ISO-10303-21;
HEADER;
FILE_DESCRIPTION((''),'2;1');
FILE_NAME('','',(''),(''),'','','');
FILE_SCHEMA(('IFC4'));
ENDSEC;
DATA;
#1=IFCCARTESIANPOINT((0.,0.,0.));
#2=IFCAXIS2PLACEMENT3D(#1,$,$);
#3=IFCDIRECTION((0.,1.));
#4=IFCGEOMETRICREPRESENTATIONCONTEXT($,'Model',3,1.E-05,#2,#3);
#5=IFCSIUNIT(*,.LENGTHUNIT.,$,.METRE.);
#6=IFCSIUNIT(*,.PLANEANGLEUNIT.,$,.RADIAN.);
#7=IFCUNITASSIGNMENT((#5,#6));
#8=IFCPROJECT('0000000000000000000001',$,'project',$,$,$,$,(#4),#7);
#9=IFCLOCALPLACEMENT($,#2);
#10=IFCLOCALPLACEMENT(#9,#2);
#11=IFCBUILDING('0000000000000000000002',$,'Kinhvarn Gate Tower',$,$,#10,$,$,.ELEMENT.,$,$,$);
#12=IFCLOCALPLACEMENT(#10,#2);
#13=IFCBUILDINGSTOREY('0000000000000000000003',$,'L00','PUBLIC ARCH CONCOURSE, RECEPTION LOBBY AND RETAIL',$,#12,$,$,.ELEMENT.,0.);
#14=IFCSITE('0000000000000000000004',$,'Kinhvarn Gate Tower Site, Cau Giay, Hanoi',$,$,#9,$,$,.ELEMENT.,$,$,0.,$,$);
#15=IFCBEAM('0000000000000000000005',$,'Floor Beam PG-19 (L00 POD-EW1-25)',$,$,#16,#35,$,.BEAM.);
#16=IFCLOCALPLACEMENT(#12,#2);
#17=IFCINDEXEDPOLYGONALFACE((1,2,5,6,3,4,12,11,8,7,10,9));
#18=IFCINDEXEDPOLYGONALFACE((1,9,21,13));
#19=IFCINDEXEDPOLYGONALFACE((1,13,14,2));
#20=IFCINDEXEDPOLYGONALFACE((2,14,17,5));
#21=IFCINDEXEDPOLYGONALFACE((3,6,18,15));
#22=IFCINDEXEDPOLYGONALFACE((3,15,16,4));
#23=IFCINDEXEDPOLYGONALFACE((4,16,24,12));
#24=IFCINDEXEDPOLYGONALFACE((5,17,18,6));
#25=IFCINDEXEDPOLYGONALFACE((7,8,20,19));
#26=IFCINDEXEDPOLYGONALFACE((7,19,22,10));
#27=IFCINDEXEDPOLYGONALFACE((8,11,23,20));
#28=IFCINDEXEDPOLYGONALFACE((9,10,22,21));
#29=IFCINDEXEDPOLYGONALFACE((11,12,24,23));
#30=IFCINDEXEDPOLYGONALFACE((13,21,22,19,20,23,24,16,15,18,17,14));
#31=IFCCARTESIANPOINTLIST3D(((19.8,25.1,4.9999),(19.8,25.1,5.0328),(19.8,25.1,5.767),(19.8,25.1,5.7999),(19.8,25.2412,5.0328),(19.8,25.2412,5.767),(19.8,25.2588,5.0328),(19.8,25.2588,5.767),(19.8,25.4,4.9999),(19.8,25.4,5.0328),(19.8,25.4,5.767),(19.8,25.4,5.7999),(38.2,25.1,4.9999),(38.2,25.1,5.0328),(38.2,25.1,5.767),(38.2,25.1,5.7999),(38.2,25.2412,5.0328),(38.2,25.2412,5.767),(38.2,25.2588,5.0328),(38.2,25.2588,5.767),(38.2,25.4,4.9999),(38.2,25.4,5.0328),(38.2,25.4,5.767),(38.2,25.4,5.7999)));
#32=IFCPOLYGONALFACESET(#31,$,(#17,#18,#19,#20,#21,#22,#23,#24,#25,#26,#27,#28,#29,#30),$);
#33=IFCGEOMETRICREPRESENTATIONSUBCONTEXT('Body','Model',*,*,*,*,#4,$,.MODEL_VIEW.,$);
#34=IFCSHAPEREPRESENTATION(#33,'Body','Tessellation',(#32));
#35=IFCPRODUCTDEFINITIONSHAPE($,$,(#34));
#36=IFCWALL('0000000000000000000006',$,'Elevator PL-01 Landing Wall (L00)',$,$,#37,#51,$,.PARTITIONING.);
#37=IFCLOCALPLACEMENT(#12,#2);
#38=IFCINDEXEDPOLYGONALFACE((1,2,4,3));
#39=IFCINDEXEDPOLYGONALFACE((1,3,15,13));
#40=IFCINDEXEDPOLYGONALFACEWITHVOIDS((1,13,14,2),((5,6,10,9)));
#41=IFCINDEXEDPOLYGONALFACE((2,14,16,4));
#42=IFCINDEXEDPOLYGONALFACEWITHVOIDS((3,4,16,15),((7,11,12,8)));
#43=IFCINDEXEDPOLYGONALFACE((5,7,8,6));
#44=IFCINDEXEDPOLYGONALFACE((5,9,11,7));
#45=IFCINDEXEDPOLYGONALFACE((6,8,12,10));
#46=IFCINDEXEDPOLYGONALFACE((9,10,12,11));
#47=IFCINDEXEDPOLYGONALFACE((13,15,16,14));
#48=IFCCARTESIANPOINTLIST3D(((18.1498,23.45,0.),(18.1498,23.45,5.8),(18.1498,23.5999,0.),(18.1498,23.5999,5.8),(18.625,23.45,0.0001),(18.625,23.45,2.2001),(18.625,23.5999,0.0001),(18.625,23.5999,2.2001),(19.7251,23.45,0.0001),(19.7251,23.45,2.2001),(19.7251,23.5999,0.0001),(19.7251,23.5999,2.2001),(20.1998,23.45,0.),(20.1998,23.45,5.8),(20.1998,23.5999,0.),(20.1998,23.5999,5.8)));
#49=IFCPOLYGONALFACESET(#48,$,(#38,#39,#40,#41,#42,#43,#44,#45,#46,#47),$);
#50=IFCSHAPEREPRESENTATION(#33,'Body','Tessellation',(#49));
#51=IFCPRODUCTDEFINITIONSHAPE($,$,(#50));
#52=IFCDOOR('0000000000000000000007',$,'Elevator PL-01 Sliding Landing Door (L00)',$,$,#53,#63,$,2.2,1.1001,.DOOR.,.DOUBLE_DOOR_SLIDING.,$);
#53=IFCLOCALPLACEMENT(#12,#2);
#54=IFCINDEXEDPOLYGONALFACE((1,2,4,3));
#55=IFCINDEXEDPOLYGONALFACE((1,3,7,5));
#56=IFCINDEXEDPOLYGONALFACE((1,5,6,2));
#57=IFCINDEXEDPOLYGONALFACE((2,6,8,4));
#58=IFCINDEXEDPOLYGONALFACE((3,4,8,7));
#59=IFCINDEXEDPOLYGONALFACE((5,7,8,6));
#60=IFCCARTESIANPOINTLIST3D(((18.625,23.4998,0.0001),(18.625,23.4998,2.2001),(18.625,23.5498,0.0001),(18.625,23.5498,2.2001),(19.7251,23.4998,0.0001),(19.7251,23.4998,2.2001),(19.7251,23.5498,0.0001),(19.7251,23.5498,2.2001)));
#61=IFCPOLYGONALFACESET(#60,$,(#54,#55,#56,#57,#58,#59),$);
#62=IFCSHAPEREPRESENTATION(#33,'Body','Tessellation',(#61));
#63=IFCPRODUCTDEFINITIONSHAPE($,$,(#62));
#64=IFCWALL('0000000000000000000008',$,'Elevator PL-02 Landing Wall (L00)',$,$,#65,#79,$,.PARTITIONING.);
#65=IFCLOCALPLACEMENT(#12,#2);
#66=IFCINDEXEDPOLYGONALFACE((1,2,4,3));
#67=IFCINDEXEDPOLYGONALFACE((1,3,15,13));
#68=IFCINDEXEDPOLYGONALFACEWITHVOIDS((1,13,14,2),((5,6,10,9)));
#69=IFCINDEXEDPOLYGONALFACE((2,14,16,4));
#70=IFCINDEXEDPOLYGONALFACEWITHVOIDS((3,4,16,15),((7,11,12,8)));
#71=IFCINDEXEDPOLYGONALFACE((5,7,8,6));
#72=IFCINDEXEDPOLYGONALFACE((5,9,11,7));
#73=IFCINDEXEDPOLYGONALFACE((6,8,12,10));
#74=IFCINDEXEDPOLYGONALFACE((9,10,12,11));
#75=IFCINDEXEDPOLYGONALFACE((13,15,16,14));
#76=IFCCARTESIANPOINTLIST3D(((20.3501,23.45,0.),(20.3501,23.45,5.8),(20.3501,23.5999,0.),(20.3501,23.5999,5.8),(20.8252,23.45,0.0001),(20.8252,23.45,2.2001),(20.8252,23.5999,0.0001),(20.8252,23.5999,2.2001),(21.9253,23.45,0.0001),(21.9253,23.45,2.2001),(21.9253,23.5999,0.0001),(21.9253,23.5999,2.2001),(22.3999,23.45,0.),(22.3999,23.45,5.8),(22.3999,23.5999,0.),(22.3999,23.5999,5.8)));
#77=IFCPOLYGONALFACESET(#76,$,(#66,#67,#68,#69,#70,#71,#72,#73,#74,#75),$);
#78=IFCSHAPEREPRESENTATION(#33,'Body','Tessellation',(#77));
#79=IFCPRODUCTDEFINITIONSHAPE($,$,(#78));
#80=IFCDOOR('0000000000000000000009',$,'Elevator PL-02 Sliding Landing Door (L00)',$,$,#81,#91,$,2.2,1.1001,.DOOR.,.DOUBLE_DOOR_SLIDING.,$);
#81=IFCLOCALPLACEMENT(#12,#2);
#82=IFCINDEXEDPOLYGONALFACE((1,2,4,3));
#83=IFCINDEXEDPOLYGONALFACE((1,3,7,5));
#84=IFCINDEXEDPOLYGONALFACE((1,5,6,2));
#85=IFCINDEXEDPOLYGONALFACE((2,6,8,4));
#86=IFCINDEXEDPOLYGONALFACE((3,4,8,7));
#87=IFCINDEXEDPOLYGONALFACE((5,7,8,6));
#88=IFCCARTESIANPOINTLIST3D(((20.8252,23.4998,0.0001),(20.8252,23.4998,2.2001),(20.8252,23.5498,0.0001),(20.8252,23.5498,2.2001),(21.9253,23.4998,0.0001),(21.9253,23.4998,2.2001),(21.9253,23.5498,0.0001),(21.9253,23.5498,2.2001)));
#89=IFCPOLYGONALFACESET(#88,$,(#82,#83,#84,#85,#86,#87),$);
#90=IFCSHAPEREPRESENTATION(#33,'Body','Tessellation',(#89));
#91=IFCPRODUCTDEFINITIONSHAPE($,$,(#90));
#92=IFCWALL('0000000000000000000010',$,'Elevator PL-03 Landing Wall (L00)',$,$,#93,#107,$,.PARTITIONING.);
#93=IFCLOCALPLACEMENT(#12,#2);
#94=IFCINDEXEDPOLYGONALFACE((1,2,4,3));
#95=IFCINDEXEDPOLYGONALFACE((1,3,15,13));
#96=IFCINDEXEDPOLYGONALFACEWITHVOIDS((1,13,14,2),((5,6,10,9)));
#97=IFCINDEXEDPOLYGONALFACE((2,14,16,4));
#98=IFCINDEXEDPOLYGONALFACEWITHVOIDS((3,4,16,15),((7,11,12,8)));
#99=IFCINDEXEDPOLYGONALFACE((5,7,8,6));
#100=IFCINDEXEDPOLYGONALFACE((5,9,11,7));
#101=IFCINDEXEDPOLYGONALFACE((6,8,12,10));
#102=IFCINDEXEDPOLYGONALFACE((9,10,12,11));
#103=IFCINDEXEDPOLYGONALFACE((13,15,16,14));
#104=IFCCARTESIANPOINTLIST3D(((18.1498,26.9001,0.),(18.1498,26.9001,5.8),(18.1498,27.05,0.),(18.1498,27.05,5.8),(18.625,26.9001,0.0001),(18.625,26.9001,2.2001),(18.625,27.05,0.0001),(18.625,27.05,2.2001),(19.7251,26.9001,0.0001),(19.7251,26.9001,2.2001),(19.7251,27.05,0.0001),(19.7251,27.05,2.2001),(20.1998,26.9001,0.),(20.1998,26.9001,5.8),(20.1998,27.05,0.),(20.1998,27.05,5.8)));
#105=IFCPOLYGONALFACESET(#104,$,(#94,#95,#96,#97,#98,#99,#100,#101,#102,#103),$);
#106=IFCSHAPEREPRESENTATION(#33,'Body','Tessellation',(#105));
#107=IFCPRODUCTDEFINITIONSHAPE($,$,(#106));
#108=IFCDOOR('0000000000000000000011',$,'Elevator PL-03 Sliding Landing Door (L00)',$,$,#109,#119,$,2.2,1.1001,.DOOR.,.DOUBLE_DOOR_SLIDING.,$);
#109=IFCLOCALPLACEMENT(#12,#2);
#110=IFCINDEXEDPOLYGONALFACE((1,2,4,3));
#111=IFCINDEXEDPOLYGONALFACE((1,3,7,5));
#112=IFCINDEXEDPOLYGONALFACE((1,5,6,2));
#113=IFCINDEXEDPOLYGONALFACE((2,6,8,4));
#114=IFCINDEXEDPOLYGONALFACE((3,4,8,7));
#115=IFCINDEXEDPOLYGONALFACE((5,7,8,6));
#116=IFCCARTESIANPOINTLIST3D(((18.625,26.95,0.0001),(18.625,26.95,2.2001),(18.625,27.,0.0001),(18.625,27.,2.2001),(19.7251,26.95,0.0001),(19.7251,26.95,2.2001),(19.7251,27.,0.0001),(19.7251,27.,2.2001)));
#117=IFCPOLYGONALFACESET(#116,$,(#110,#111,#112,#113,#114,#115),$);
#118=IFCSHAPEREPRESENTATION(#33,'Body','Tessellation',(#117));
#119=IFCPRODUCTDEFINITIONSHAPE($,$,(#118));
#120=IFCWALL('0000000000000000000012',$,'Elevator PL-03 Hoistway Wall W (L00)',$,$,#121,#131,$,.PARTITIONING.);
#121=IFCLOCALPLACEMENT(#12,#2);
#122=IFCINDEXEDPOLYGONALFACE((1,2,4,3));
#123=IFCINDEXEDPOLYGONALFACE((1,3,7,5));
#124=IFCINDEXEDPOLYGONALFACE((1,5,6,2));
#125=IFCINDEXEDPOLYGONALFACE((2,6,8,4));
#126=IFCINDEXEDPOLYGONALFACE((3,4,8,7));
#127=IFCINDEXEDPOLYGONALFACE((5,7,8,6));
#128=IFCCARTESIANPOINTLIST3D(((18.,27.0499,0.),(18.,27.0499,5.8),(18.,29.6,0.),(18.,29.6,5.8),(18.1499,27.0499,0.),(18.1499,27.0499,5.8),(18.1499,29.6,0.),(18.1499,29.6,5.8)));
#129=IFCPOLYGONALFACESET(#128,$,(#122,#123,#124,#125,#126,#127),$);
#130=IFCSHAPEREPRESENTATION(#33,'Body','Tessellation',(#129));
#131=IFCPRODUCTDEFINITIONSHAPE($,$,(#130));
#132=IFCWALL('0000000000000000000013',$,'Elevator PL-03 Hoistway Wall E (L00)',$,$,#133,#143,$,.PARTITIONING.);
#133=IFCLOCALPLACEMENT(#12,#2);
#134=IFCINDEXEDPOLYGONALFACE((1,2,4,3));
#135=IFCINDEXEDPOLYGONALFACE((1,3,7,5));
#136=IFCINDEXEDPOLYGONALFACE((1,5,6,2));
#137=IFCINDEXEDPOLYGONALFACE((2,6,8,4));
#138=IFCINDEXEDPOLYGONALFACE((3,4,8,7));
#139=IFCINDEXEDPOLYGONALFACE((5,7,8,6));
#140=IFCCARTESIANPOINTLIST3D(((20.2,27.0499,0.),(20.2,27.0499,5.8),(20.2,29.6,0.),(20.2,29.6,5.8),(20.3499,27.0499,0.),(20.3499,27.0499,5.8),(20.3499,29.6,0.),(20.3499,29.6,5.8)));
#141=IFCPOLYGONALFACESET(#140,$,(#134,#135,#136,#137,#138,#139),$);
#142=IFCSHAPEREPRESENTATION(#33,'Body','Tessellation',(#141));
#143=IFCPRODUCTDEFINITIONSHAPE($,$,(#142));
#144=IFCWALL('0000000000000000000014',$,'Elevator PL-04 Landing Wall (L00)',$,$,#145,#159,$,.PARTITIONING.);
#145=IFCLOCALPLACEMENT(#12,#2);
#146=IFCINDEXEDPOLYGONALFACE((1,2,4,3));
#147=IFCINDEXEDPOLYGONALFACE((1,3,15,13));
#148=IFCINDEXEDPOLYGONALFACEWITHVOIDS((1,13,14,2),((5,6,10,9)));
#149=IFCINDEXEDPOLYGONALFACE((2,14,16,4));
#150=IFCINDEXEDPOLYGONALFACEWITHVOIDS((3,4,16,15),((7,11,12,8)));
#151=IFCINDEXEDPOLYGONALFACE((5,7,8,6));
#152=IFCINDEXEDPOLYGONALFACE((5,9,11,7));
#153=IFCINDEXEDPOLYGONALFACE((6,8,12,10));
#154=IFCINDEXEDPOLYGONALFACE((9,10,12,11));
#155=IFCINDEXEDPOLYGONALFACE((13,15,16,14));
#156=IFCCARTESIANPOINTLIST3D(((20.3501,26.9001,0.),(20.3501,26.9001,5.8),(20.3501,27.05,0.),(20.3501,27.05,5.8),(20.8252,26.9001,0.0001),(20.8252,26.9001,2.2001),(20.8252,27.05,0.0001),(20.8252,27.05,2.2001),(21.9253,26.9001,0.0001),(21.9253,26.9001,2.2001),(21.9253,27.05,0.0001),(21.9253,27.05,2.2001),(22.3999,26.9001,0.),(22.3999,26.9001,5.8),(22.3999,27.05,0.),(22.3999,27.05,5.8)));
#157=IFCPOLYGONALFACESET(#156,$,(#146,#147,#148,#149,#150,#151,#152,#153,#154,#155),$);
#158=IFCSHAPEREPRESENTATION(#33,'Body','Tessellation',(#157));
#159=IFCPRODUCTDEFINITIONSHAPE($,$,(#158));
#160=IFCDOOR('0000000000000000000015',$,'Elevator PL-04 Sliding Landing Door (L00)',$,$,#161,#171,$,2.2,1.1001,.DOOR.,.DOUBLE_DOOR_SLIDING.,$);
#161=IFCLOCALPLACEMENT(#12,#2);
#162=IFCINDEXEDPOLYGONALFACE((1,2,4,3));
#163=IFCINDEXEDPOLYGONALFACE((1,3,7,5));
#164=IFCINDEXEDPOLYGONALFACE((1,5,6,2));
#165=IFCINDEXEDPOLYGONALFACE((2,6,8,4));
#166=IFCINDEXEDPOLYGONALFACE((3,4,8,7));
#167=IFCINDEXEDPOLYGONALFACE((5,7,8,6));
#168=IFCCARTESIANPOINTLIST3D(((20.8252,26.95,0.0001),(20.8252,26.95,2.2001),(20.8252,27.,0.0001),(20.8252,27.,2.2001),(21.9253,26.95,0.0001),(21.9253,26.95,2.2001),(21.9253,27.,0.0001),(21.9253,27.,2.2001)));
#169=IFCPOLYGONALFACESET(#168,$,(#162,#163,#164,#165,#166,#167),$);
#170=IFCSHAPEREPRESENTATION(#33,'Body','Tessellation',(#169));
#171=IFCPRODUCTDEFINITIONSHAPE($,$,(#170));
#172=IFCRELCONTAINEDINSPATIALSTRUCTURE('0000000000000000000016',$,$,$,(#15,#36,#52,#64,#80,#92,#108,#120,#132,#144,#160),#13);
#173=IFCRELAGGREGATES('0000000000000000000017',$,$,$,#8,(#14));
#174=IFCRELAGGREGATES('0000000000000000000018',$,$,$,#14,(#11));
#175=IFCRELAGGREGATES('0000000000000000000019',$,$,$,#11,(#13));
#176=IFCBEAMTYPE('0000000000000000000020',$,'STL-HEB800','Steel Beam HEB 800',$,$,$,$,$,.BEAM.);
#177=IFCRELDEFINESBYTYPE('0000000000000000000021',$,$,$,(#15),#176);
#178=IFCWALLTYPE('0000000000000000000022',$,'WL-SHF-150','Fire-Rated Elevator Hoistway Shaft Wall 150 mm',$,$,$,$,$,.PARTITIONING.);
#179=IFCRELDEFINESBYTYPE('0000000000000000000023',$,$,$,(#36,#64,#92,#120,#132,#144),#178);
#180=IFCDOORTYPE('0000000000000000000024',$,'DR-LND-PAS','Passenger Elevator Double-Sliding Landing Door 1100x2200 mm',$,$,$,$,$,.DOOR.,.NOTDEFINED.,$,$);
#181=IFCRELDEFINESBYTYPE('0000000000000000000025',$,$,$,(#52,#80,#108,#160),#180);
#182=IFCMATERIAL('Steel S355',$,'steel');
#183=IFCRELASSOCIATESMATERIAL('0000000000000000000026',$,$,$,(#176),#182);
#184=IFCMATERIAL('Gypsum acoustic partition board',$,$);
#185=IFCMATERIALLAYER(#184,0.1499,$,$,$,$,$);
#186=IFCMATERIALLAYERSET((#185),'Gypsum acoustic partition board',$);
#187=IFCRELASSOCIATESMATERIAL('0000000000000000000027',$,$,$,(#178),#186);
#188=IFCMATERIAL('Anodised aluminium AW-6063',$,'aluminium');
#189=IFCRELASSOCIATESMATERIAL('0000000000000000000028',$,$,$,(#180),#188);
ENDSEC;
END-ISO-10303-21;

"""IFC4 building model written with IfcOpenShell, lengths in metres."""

from ifc_helpers import new_model, si_unit, direction, frame, frame_2d, origin, origin_2d, place, context, subcontext, project, spatial, rectangle, i_section, extrude, material, layer, layer_set, material_profile, profile_set, type_object, element, fill, save


model = new_model("IFC4")

# Units and contexts
model_context = context("Model", 3, precision=1e-05, world=origin(), true_north=direction((0.0, 1.0)))
body_context = subcontext(model_context, "Body", "Model", "MODEL_VIEW")
ifc_project = project(units=[si_unit("LENGTHUNIT", "METRE"), si_unit("PLANEANGLEUNIT", "RADIAN")], contexts=[model_context])

# Site, building, storey
site_placement = place(None, origin())
site = spatial("IfcSite", under=ifc_project, at=site_placement, Name="Kinhvarn Gate Tower Site, Cau Giay, Hanoi", CompositionType="ELEMENT", RefElevation=0.0)
building_placement = place(site_placement, origin())
building = spatial("IfcBuilding", under=site, at=building_placement, Name="Kinhvarn Gate Tower", CompositionType="ELEMENT")
storey_placement = place(building_placement, origin())
storey = spatial("IfcBuildingStorey", under=building, at=storey_placement, Name="L00", Description="PUBLIC ARCH CONCOURSE, RECEPTION LOBBY AND RETAIL", CompositionType="ELEMENT", Elevation=0.0)

# Beam
ifc_material_1 = material(Name="Steel S355", Category="steel")
ifc_material_profile = material_profile(ifc_material_1, i_section(OverallWidth=0.3, OverallDepth=0.8, WebThickness=0.0176, FlangeThickness=0.033, at=origin_2d()), Name="HEB 800")
ifc_profile_set = profile_set([ifc_material_profile], Name="Steel S355")
beam_type = type_object("IfcBeamType", Name="STL-HEB800", Description="Steel Beam HEB 800", PredefinedType="BEAM", material=ifc_profile_set)
beam_placement = place(storey_placement, frame((19.8, 25.25, 5.3999), z_axis=(1.0, 0.0, 0.0), x_axis=(0.0, 1.0, 0.0)))
element("IfcBeam", 1, at=beam_placement, inside=storey, type_object=beam_type, Name="Floor Beam PG-19 (L00 POD-EW1-25)", PredefinedType="BEAM", context=body_context, shape_type="SweptSolid", body=[
    extrude(i_section(OverallWidth=0.3, OverallDepth=0.8, WebThickness=0.0176, FlangeThickness=0.033, at=origin_2d()), origin(), (0.0, 0.0, 1.0), 18.3999),
])

# Walls, openings, doors
ifc_material_2 = material(Name="Anodised aluminium AW-6063", Category="aluminium")
ifc_material_3 = material(Name="Gypsum acoustic partition board")
ifc_layer_1 = layer(ifc_material_3, 0.1499)
ifc_layer_set_1 = layer_set([ifc_layer_1], Name="Gypsum acoustic partition board")
wall_type_1 = type_object("IfcWallType", Name="WL-SHF-150", Description="Fire-Rated Elevator Hoistway Shaft Wall 150 mm", PredefinedType="PARTITIONING", material=ifc_layer_set_1)
wall_1_placement = place(storey_placement, frame((18.1499, 23.5249, 0.0), z_axis=(0.0, 0.0, 1.0), x_axis=(1.0, 0.0, 0.0)))
wall_1 = element("IfcWall", 2, at=wall_1_placement, inside=storey, type_object=wall_type_1, Name="Elevator PL-01 Landing Wall (L00)", PredefinedType="PARTITIONING", context=body_context, shape_type="SweptSolid", body=[
    extrude(rectangle(XDim=2.05, YDim=0.1499, at=frame_2d((1.0249, 0.0))), origin(), (0.0, 0.0, 1.0), 5.8),
])
opening_1_placement = place(wall_1_placement, frame((0.4751, 0.0, 0.0)))
opening_1 = element("IfcOpeningElement", 3, at=opening_1_placement, cuts=wall_1, PredefinedType="OPENING", context=body_context, shape_type="SweptSolid", body=[
    extrude(rectangle(XDim=1.1001, YDim=2.2, at=frame_2d((0.55, 1.1001))), frame((0.0, 0.085, 0.0), z_axis=(0.0, -1.0, 0.0), x_axis=(1.0, 0.0, 0.0)), (0.0, 0.0, 1.0), 0.1699),
])
door_type_1 = type_object("IfcDoorType", Name="DR-LND-PAS", Description="Passenger Elevator Double-Sliding Landing Door 1100x2200 mm", OperationType="NOTDEFINED", PredefinedType="DOOR", material=ifc_material_2)
door_1_placement = place(opening_1_placement, origin())
door_1 = element("IfcDoor", 4, at=door_1_placement, inside=storey, type_object=door_type_1, Name="Elevator PL-01 Sliding Landing Door (L00)", OperationType="DOUBLE_DOOR_SLIDING", OverallHeight=2.2, OverallWidth=1.1001, PredefinedType="DOOR", context=body_context, shape_type="SweptSolid", body=[
    extrude(rectangle(XDim=1.1001, YDim=2.2, at=frame_2d((0.55, 1.1001))), frame((0.0, 0.0249, 0.0), z_axis=(0.0, -1.0, 0.0), x_axis=(1.0, 0.0, 0.0)), (0.0, 0.0, 1.0), 0.05),
])
fill(opening_1, door_1)
wall_2_placement = place(storey_placement, frame((20.3501, 23.5249, 0.0), z_axis=(0.0, 0.0, 1.0), x_axis=(1.0, 0.0, 0.0)))
wall_2 = element("IfcWall", 5, at=wall_2_placement, inside=storey, type_object=wall_type_1, Name="Elevator PL-02 Landing Wall (L00)", PredefinedType="PARTITIONING", context=body_context, shape_type="SweptSolid", body=[
    extrude(rectangle(XDim=2.0498, YDim=0.1499, at=frame_2d((1.0249, 0.0))), origin(), (0.0, 0.0, 1.0), 5.8),
])
opening_2_placement = place(wall_2_placement, frame((0.4751, 0.0, 0.0)))
opening_2 = element("IfcOpeningElement", 6, at=opening_2_placement, cuts=wall_2, PredefinedType="OPENING", context=body_context, shape_type="SweptSolid", body=[
    extrude(rectangle(XDim=1.1001, YDim=2.2, at=frame_2d((0.55, 1.1001))), frame((0.0, 0.085, 0.0), z_axis=(0.0, -1.0, 0.0), x_axis=(1.0, 0.0, 0.0)), (0.0, 0.0, 1.0), 0.1699),
])
door_2_placement = place(opening_2_placement, origin())
door_2 = element("IfcDoor", 7, at=door_2_placement, inside=storey, type_object=door_type_1, Name="Elevator PL-02 Sliding Landing Door (L00)", OperationType="DOUBLE_DOOR_SLIDING", OverallHeight=2.2, OverallWidth=1.1001, PredefinedType="DOOR", context=body_context, shape_type="SweptSolid", body=[
    extrude(rectangle(XDim=1.1001, YDim=2.2, at=frame_2d((0.55, 1.1001))), frame((0.0, 0.0249, 0.0), z_axis=(0.0, -1.0, 0.0), x_axis=(1.0, 0.0, 0.0)), (0.0, 0.0, 1.0), 0.05),
])
fill(opening_2, door_2)
wall_3_placement = place(storey_placement, frame((18.1499, 26.9751, 0.0), z_axis=(0.0, 0.0, 1.0), x_axis=(1.0, 0.0, 0.0)))
wall_3 = element("IfcWall", 8, at=wall_3_placement, inside=storey, type_object=wall_type_1, Name="Elevator PL-03 Landing Wall (L00)", PredefinedType="PARTITIONING", context=body_context, shape_type="SweptSolid", body=[
    extrude(rectangle(XDim=2.05, YDim=0.1499, at=frame_2d((1.0249, 0.0))), origin(), (0.0, 0.0, 1.0), 5.8),
])
opening_3_placement = place(wall_3_placement, frame((0.4751, 0.0, 0.0)))
opening_3 = element("IfcOpeningElement", 9, at=opening_3_placement, cuts=wall_3, PredefinedType="OPENING", context=body_context, shape_type="SweptSolid", body=[
    extrude(rectangle(XDim=1.1001, YDim=2.2, at=frame_2d((0.55, 1.1001))), frame((0.0, 0.085, 0.0), z_axis=(0.0, -1.0, 0.0), x_axis=(1.0, 0.0, 0.0)), (0.0, 0.0, 1.0), 0.1699),
])
door_3_placement = place(opening_3_placement, origin())
door_3 = element("IfcDoor", 10, at=door_3_placement, inside=storey, type_object=door_type_1, Name="Elevator PL-03 Sliding Landing Door (L00)", OperationType="DOUBLE_DOOR_SLIDING", OverallHeight=2.2, OverallWidth=1.1001, PredefinedType="DOOR", context=body_context, shape_type="SweptSolid", body=[
    extrude(rectangle(XDim=1.1001, YDim=2.2, at=frame_2d((0.55, 1.1001))), frame((0.0, 0.0249, 0.0), z_axis=(0.0, -1.0, 0.0), x_axis=(1.0, 0.0, 0.0)), (0.0, 0.0, 1.0), 0.05),
])
fill(opening_3, door_3)

# Walls
for number, where, z_axis, x_axis, name in (
    (11, (18.075, 27.05, 0.0), (0.0, 0.0, 1.0), (0.0, 1.0, 0.0), "Elevator PL-03 Hoistway Wall W (L00)"),
    (12, (20.2749, 27.05, 0.0), (0.0, 0.0, 1.0), (0.0, 1.0, 0.0), "Elevator PL-03 Hoistway Wall E (L00)"),
):
    element("IfcWall", number, at=place(storey_placement, frame(where, z_axis=z_axis, x_axis=x_axis)), inside=storey, type_object=wall_type_1, Name=name, PredefinedType="PARTITIONING", context=body_context, shape_type="SweptSolid", body=[
        extrude(rectangle(XDim=2.55, YDim=0.1499, at=frame_2d((1.2749, 0.0))), origin(), (0.0, 0.0, 1.0), 5.8),
    ])

# Wall, opening, door
wall_4_placement = place(storey_placement, frame((20.3501, 26.9751, 0.0), z_axis=(0.0, 0.0, 1.0), x_axis=(1.0, 0.0, 0.0)))
wall_4 = element("IfcWall", 13, at=wall_4_placement, inside=storey, type_object=wall_type_1, Name="Elevator PL-04 Landing Wall (L00)", PredefinedType="PARTITIONING", context=body_context, shape_type="SweptSolid", body=[
    extrude(rectangle(XDim=2.0498, YDim=0.1499, at=frame_2d((1.0249, 0.0))), origin(), (0.0, 0.0, 1.0), 5.8),
])
opening_4_placement = place(wall_4_placement, frame((0.4751, 0.0, 0.0)))
opening_4 = element("IfcOpeningElement", 14, at=opening_4_placement, cuts=wall_4, PredefinedType="OPENING", context=body_context, shape_type="SweptSolid", body=[
    extrude(rectangle(XDim=1.1001, YDim=2.2, at=frame_2d((0.55, 1.1001))), frame((0.0, 0.085, 0.0), z_axis=(0.0, -1.0, 0.0), x_axis=(1.0, 0.0, 0.0)), (0.0, 0.0, 1.0), 0.1699),
])
door_4_placement = place(opening_4_placement, origin())
door_4 = element("IfcDoor", 15, at=door_4_placement, inside=storey, type_object=door_type_1, Name="Elevator PL-04 Sliding Landing Door (L00)", OperationType="DOUBLE_DOOR_SLIDING", OverallHeight=2.2, OverallWidth=1.1001, PredefinedType="DOOR", context=body_context, shape_type="SweptSolid", body=[
    extrude(rectangle(XDim=1.1001, YDim=2.2, at=frame_2d((0.55, 1.1001))), frame((0.0, 0.0249, 0.0), z_axis=(0.0, -1.0, 0.0), x_axis=(1.0, 0.0, 0.0)), (0.0, 0.0, 1.0), 0.05),
])
fill(opening_4, door_4)

save(model, "model.ifc")
